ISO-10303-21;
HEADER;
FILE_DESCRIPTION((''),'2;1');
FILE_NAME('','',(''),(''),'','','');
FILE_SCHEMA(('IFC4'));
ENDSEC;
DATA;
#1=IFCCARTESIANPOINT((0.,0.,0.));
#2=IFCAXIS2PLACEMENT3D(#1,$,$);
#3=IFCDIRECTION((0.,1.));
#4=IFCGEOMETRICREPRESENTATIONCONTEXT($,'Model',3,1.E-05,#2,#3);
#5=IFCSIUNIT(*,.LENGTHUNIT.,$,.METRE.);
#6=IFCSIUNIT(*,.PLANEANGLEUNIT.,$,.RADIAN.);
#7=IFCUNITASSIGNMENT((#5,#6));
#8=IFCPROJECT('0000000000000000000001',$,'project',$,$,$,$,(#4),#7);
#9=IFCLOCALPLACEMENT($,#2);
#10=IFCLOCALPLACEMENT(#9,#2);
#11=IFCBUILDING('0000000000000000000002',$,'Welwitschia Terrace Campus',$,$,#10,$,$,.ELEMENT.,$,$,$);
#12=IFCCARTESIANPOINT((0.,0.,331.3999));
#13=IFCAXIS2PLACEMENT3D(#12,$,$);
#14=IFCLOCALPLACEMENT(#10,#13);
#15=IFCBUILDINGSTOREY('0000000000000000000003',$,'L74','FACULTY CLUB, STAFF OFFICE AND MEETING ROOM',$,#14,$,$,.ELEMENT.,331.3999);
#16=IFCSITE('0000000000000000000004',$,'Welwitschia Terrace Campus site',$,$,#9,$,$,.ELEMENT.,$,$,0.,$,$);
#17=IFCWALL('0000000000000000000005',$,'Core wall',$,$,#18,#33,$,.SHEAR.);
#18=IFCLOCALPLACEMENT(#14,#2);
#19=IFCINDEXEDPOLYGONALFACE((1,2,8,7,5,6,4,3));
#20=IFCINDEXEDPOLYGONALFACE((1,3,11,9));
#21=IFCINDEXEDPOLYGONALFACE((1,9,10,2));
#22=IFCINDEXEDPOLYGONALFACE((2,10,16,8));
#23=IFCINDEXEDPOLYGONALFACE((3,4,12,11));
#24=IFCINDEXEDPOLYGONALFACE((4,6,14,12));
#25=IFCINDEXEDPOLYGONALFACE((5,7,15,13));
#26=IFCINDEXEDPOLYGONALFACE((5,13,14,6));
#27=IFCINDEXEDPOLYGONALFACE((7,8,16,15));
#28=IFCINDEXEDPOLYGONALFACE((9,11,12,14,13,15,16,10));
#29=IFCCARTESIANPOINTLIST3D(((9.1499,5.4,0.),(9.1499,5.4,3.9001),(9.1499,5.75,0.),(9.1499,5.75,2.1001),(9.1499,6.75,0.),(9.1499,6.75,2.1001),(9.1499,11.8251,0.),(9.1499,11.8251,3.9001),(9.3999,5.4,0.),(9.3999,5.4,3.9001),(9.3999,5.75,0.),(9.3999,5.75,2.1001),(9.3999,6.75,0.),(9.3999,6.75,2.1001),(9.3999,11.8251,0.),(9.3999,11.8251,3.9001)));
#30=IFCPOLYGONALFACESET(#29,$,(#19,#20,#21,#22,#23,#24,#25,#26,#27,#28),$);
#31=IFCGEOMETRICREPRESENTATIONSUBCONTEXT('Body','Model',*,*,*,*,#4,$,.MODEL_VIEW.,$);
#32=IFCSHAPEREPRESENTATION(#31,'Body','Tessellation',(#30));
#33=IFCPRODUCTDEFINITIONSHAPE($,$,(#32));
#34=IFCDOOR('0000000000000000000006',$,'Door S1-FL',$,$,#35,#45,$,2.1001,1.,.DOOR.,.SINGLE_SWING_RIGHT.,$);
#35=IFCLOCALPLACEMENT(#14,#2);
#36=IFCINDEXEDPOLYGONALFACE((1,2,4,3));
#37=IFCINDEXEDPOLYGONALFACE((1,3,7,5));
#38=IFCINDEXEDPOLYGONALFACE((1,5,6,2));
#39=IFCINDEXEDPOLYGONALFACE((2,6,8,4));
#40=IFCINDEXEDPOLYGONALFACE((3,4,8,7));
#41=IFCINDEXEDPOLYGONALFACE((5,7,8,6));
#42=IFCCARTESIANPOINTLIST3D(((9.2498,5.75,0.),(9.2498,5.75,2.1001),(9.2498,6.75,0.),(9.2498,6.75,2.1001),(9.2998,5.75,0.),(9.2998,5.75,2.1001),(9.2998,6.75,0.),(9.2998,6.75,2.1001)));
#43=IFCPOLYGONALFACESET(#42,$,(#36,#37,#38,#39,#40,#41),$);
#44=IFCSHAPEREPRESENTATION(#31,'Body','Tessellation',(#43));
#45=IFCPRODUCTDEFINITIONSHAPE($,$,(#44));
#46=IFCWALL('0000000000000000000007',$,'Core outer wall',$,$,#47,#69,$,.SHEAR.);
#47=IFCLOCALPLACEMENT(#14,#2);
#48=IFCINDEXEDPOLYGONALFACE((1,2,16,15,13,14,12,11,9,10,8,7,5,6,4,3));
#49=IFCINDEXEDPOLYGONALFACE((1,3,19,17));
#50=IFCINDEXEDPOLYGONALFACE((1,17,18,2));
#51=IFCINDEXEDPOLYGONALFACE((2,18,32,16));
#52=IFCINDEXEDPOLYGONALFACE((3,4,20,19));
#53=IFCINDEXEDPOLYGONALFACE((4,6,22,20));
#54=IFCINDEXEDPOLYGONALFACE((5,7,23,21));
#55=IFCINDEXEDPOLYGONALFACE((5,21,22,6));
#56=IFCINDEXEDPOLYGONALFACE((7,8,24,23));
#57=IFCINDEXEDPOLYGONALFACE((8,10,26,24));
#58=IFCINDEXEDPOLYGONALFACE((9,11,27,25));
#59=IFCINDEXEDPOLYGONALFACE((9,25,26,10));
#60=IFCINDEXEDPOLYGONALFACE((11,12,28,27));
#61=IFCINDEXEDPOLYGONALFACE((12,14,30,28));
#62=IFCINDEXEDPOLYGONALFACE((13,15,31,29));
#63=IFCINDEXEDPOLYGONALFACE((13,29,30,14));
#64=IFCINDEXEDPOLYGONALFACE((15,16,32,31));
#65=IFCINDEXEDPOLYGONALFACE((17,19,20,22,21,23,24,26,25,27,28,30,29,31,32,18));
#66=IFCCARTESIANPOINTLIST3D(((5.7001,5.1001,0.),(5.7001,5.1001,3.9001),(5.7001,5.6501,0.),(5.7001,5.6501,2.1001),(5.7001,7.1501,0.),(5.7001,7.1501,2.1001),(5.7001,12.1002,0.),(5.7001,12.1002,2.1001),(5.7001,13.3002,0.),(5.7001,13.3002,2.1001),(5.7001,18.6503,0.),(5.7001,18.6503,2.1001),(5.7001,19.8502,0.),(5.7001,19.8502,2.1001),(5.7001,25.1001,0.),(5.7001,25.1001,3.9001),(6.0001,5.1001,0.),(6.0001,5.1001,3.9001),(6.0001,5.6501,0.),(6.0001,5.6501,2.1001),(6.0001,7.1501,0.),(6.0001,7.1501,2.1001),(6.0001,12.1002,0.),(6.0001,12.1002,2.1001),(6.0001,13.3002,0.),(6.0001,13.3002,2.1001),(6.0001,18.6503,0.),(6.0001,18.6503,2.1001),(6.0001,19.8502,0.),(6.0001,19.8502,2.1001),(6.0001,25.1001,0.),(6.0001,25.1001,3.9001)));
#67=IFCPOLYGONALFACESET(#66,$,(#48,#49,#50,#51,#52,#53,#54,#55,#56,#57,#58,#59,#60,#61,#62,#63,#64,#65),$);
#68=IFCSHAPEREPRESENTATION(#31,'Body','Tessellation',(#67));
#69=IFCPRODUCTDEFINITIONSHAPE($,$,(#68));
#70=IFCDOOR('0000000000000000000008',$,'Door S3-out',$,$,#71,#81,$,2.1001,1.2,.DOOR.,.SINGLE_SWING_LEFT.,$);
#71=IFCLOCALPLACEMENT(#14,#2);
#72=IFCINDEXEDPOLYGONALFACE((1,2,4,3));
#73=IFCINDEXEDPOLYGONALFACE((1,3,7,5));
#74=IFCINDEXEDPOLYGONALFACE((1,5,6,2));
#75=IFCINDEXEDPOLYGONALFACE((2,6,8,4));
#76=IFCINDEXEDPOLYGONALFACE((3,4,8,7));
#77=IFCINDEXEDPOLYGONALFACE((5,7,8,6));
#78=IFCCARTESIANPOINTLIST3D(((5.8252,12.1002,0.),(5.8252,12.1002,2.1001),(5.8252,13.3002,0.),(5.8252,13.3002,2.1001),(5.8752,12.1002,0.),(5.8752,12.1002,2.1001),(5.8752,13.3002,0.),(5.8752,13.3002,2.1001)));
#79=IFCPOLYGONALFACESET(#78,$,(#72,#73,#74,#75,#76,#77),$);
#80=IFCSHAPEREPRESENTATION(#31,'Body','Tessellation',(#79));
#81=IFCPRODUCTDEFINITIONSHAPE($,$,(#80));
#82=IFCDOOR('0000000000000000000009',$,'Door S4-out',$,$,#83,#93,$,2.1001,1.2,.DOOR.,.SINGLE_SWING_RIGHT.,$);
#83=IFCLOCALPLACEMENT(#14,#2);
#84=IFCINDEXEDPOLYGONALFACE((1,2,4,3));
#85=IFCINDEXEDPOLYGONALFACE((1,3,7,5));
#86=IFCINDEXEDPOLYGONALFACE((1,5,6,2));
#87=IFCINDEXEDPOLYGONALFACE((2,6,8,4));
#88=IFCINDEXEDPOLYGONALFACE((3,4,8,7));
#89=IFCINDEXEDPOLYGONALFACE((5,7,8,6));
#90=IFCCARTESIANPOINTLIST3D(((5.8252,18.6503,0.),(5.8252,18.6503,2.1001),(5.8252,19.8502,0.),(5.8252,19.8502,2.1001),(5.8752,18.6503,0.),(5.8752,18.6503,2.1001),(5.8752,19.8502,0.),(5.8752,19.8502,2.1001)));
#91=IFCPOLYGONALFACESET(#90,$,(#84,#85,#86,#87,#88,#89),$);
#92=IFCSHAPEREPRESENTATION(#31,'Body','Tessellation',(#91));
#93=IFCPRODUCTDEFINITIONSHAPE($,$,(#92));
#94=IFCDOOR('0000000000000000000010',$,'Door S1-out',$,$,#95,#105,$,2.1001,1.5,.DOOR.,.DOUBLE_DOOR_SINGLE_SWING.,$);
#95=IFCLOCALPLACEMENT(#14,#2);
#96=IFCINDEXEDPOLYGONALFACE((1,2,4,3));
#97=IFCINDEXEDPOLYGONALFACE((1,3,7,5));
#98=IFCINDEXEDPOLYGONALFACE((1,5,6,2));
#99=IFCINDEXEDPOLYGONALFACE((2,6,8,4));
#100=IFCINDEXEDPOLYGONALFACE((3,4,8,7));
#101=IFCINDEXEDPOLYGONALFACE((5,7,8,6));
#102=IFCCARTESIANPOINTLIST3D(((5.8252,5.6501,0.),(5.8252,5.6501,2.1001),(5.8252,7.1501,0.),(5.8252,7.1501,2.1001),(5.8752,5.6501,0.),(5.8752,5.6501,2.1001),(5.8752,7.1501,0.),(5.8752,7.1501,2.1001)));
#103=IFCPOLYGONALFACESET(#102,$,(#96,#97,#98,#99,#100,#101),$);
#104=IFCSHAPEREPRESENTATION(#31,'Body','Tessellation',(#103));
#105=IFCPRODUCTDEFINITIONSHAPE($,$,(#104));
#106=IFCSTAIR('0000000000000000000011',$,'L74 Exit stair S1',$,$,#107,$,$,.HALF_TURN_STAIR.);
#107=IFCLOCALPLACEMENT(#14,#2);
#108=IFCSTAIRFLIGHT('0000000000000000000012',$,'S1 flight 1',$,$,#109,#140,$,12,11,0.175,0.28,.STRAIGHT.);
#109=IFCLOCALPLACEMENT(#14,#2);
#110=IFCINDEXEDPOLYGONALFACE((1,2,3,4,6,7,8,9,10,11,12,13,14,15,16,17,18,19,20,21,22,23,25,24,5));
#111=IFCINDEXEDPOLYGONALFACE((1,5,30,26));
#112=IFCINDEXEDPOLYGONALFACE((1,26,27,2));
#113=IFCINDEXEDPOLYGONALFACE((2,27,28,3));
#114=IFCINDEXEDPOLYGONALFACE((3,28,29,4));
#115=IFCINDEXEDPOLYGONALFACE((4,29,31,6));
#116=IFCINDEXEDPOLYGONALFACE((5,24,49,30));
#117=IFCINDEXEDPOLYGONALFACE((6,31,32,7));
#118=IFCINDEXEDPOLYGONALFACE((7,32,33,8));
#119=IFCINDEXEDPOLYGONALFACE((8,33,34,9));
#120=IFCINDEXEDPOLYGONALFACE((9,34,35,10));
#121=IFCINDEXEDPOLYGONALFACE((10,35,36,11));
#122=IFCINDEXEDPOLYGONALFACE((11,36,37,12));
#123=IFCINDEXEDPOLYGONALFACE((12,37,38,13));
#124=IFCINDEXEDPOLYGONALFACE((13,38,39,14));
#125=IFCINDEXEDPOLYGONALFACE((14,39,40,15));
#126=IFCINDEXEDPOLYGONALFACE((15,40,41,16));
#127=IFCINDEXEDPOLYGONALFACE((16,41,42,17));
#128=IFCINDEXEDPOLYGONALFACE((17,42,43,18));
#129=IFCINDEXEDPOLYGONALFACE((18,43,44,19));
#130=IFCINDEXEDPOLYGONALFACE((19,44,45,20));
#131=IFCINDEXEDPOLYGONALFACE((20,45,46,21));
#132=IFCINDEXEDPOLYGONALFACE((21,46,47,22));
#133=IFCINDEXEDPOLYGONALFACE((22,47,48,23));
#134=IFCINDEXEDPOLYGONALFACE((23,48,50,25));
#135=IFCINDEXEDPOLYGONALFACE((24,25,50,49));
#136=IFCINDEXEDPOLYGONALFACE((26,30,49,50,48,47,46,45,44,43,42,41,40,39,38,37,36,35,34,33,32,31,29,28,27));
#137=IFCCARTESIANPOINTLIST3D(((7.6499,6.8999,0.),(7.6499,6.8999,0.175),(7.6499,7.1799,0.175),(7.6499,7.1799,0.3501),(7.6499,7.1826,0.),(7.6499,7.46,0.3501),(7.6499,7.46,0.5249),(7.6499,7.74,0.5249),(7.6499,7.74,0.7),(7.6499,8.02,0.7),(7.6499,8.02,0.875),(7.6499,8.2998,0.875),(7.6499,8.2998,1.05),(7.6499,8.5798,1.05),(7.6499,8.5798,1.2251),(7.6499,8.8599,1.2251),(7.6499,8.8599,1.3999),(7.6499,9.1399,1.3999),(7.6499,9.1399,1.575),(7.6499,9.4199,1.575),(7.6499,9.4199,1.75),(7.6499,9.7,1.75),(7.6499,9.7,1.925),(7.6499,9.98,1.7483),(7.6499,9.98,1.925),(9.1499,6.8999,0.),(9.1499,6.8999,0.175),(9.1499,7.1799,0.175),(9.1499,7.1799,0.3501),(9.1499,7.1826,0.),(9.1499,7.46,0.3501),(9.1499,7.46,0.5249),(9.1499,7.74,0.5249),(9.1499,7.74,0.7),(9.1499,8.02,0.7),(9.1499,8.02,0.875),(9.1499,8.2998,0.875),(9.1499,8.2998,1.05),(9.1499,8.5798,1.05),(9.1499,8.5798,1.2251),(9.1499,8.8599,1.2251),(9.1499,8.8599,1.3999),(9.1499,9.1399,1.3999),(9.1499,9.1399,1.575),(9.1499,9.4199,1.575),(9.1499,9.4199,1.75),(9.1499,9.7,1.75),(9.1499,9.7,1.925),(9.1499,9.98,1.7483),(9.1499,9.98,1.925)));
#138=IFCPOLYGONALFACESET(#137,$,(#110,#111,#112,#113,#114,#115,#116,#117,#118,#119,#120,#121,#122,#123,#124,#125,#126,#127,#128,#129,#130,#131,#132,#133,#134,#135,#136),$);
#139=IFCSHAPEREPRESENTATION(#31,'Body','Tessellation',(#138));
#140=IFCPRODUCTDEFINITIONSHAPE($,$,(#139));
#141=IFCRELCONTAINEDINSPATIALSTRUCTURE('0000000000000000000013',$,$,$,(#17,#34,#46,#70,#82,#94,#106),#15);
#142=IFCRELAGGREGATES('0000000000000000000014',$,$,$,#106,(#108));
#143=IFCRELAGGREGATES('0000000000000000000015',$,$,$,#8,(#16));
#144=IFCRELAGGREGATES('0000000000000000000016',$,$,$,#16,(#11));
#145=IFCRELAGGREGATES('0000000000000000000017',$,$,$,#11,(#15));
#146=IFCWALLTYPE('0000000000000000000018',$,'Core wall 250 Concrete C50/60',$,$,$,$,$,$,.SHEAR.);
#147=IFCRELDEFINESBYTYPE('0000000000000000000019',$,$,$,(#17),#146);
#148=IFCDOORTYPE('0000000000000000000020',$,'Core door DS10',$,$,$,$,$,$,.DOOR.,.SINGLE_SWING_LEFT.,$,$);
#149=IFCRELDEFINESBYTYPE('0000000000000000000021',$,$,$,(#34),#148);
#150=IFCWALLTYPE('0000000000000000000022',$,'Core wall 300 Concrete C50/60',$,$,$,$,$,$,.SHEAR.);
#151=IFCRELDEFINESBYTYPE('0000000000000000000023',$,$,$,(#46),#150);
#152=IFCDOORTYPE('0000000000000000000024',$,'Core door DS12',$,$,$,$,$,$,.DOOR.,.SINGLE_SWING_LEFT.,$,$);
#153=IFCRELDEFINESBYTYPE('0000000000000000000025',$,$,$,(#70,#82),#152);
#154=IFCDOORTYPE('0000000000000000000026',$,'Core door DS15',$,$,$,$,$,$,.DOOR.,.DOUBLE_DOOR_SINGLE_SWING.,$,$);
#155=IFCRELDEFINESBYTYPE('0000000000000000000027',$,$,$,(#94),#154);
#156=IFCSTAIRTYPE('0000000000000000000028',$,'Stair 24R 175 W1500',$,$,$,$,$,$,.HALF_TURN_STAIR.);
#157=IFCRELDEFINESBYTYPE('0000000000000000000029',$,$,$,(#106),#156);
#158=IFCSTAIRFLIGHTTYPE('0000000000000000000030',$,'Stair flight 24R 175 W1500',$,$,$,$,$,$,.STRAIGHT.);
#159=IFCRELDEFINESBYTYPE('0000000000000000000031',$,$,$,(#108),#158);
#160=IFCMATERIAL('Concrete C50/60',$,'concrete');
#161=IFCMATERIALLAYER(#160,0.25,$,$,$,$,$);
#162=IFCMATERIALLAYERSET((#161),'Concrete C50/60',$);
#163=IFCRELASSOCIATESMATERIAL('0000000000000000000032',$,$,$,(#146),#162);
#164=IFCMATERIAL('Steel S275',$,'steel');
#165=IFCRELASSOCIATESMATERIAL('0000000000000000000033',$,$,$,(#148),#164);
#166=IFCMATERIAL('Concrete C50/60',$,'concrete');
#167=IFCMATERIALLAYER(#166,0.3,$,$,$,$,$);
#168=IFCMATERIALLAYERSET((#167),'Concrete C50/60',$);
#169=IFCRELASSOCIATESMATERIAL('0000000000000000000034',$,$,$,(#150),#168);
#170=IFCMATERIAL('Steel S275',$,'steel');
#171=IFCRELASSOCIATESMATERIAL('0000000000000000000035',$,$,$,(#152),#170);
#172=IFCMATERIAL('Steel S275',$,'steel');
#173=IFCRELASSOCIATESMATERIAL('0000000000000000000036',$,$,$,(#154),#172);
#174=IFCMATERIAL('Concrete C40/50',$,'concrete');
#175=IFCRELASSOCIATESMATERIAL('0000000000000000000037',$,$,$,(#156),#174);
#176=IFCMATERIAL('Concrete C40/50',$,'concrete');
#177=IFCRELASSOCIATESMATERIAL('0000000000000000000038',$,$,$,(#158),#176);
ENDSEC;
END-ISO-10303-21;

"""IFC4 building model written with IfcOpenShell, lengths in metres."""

from ifc_helpers import new_model, si_unit, direction, frame, frame_2d, origin, place, context, subcontext, project, spatial, polyline, rectangle, outline, extrude, material, layer, layer_set, type_object, element, fill, aggregate, save


model = new_model("IFC4")

# Units and contexts
model_context = context("Model", 3, precision=1e-05, world=origin(), true_north=direction((0.0, 1.0)))
body_context = subcontext(model_context, "Body", "Model", "MODEL_VIEW")
ifc_project = project(units=[si_unit("LENGTHUNIT", "METRE"), si_unit("PLANEANGLEUNIT", "RADIAN")], contexts=[model_context])

# Site, building, storey
site_placement = place(None, origin())
site = spatial("IfcSite", under=ifc_project, at=site_placement, Name="Welwitschia Terrace Campus site", CompositionType="ELEMENT", RefElevation=0.0)
building_placement = place(site_placement, origin())
building = spatial("IfcBuilding", under=site, at=building_placement, Name="Welwitschia Terrace Campus", CompositionType="ELEMENT")
storey_placement = place(building_placement, frame((0.0, 0.0, 331.3999)))
storey = spatial("IfcBuildingStorey", under=building, at=storey_placement, Name="L74", Description="FACULTY CLUB, STAFF OFFICE AND MEETING ROOM", CompositionType="ELEMENT", Elevation=331.3999)

# Shared definitions
ifc_material_1 = material(Name="Concrete C50/60", Category="concrete")
ifc_layer_1 = layer(ifc_material_1, 0.25)
ifc_layer_set_1 = layer_set([ifc_layer_1], Name="Concrete C50/60")
wall_type_1 = type_object("IfcWallType", Name="Core wall 250 Concrete C50/60", PredefinedType="SHEAR", material=ifc_layer_set_1)

# Wall, opening, door
wall_1_placement = place(storey_placement, frame((9.2749, 11.825, 0.0), z_axis=(0.0, 0.0, 1.0), x_axis=(0.0, -1.0, 0.0)))
wall_1 = element("IfcWall", 1, at=wall_1_placement, inside=storey, type_object=wall_type_1, Name="Core wall", PredefinedType="SHEAR", context=body_context, shape_type="SweptSolid", body=[
    extrude(rectangle(XDim=6.425, YDim=0.25, at=frame_2d((3.2124, 0.0))), origin(), (0.0, 0.0, 1.0), 3.9001),
])
opening_1_placement = place(wall_1_placement, frame((5.075, 0.0, 0.0)))
opening_1 = element("IfcOpeningElement", 2, at=opening_1_placement, cuts=wall_1, PredefinedType="OPENING", context=body_context, shape_type="SweptSolid", body=[
    extrude(rectangle(XDim=1.0, YDim=2.1001, at=frame_2d((0.5, 1.05))), frame((0.0, 0.135, 0.0), z_axis=(0.0, -1.0, 0.0), x_axis=(1.0, 0.0, 0.0)), (0.0, 0.0, 1.0), 0.27),
])
ifc_material_2 = material(Name="Steel S275", Category="steel")
door_type_1 = type_object("IfcDoorType", Name="Core door DS10", OperationType="SINGLE_SWING_LEFT", PredefinedType="DOOR", material=ifc_material_2)
door_1_placement = place(opening_1_placement, origin())
door_1 = element("IfcDoor", 3, at=door_1_placement, inside=storey, type_object=door_type_1, Name="Door S1-FL", OperationType="SINGLE_SWING_RIGHT", OverallHeight=2.1001, OverallWidth=1.0, PredefinedType="DOOR", context=body_context, shape_type="SweptSolid", body=[
    extrude(rectangle(XDim=1.0, YDim=2.1001, at=frame_2d((0.5, 1.05))), frame((0.0, 0.0249, 0.0), z_axis=(0.0, -1.0, 0.0), x_axis=(1.0, 0.0, 0.0)), (0.0, 0.0, 1.0), 0.05),
])
fill(opening_1, door_1)

# Wall, openings, doors
ifc_material_3 = material(Name="Concrete C50/60", Category="concrete")
ifc_layer_2 = layer(ifc_material_3, 0.3)
ifc_layer_set_2 = layer_set([ifc_layer_2], Name="Concrete C50/60")
wall_type_2 = type_object("IfcWallType", Name="Core wall 300 Concrete C50/60", PredefinedType="SHEAR", material=ifc_layer_set_2)
wall_2_placement = place(storey_placement, frame((5.8501, 5.1001, 0.0), z_axis=(0.0, 0.0, 1.0), x_axis=(0.0, 1.0, 0.0)))
wall_2 = element("IfcWall", 4, at=wall_2_placement, inside=storey, type_object=wall_type_2, Name="Core outer wall", PredefinedType="SHEAR", context=body_context, shape_type="SweptSolid", body=[
    extrude(rectangle(XDim=20.0, YDim=0.3, at=frame_2d((10.0, 0.0))), origin(), (0.0, 0.0, 1.0), 3.9001),
])
opening_2_placement = place(wall_2_placement, frame((0.55, 0.0, 0.0)))
opening_2 = element("IfcOpeningElement", 5, at=opening_2_placement, cuts=wall_2, PredefinedType="OPENING", context=body_context, shape_type="SweptSolid", body=[
    extrude(rectangle(XDim=1.5, YDim=2.1001, at=frame_2d((0.75, 1.05))), frame((0.0, 0.1599, 0.0), z_axis=(0.0, -1.0, 0.0), x_axis=(1.0, 0.0, 0.0)), (0.0, 0.0, 1.0), 0.3201),
])
opening_3_placement = place(wall_2_placement, frame((7.0, 0.0, 0.0)))
opening_3 = element("IfcOpeningElement", 6, at=opening_3_placement, cuts=wall_2, PredefinedType="OPENING", context=body_context, shape_type="SweptSolid", body=[
    extrude(rectangle(XDim=1.2, YDim=2.1001, at=frame_2d((0.6001, 1.05))), frame((0.0, 0.1599, 0.0), z_axis=(0.0, -1.0, 0.0), x_axis=(1.0, 0.0, 0.0)), (0.0, 0.0, 1.0), 0.3201),
])
opening_4_placement = place(wall_2_placement, frame((13.55, 0.0, 0.0)))
opening_4 = element("IfcOpeningElement", 7, at=opening_4_placement, cuts=wall_2, PredefinedType="OPENING", context=body_context, shape_type="SweptSolid", body=[
    extrude(rectangle(XDim=1.2, YDim=2.1001, at=frame_2d((0.6001, 1.05))), frame((0.0, 0.1599, 0.0), z_axis=(0.0, -1.0, 0.0), x_axis=(1.0, 0.0, 0.0)), (0.0, 0.0, 1.0), 0.3201),
])
ifc_material_4 = material(Name="Steel S275", Category="steel")
door_type_2 = type_object("IfcDoorType", Name="Core door DS12", OperationType="SINGLE_SWING_LEFT", PredefinedType="DOOR", material=ifc_material_4)
door_2_placement = place(opening_3_placement, origin())
door_2 = element("IfcDoor", 8, at=door_2_placement, inside=storey, type_object=door_type_2, Name="Door S3-out", OperationType="SINGLE_SWING_LEFT", OverallHeight=2.1001, OverallWidth=1.2, PredefinedType="DOOR", context=body_context, shape_type="SweptSolid", body=[
    extrude(rectangle(XDim=1.2, YDim=2.1001, at=frame_2d((0.6001, 1.05))), frame((0.0, 0.0249, 0.0), z_axis=(0.0, -1.0, 0.0), x_axis=(1.0, 0.0, 0.0)), (0.0, 0.0, 1.0), 0.05),
])
fill(opening_3, door_2)
door_3_placement = place(opening_4_placement, origin())
door_3 = element("IfcDoor", 9, at=door_3_placement, inside=storey, type_object=door_type_2, Name="Door S4-out", OperationType="SINGLE_SWING_RIGHT", OverallHeight=2.1001, OverallWidth=1.2, PredefinedType="DOOR", context=body_context, shape_type="SweptSolid", body=[
    extrude(rectangle(XDim=1.2, YDim=2.1001, at=frame_2d((0.6001, 1.05))), frame((0.0, 0.0249, 0.0), z_axis=(0.0, -1.0, 0.0), x_axis=(1.0, 0.0, 0.0)), (0.0, 0.0, 1.0), 0.05),
])
fill(opening_4, door_3)
ifc_material_5 = material(Name="Steel S275", Category="steel")
door_type_3 = type_object("IfcDoorType", Name="Core door DS15", OperationType="DOUBLE_DOOR_SINGLE_SWING", PredefinedType="DOOR", material=ifc_material_5)
door_4_placement = place(opening_2_placement, origin())
door_4 = element("IfcDoor", 10, at=door_4_placement, inside=storey, type_object=door_type_3, Name="Door S1-out", OperationType="DOUBLE_DOOR_SINGLE_SWING", OverallHeight=2.1001, OverallWidth=1.5, PredefinedType="DOOR", context=body_context, shape_type="SweptSolid", body=[
    extrude(rectangle(XDim=1.5, YDim=2.1001, at=frame_2d((0.75, 1.05))), frame((0.0, 0.0249, 0.0), z_axis=(0.0, -1.0, 0.0), x_axis=(1.0, 0.0, 0.0)), (0.0, 0.0, 1.0), 0.05),
])
fill(opening_2, door_4)

# Stair, stair flight
ifc_material_6 = material(Name="Concrete C40/50", Category="concrete")
stair_type = type_object("IfcStairType", Name="Stair 24R 175 W1500", PredefinedType="HALF_TURN_STAIR", material=ifc_material_6)
stair_placement = place(storey_placement, origin())
stair = element("IfcStair", 11, at=stair_placement, inside=storey, type_object=stair_type, Name="L74 Exit stair S1", PredefinedType="HALF_TURN_STAIR")
ifc_material_7 = material(Name="Concrete C40/50", Category="concrete")
stair_flight_type = type_object("IfcStairFlightType", Name="Stair flight 24R 175 W1500", PredefinedType="STRAIGHT", material=ifc_material_7)
stair_flight_1_placement = place(storey_placement, frame((8.3999, 6.8999, 0.0), z_axis=(0.0, 0.0, 1.0), x_axis=(0.0, 1.0, 0.0)))
stair_flight_1 = element("IfcStairFlight", 12, at=stair_flight_1_placement, type_object=stair_flight_type, Name="S1 flight 1", NumberOfRisers=12, NumberOfTreads=11, PredefinedType="STRAIGHT", RiserHeight=0.175, TreadLength=0.28, context=body_context, shape_type="SweptSolid", body=[
    extrude(outline(polyline([(0.0, 0.0), (0.0, 0.175), (0.28, 0.175), (0.28, 0.3501), (0.5601, 0.3501), (0.5601, 0.5249), (0.8401, 0.5249), (0.8401, 0.7), (1.1201, 0.7), (1.1201, 0.875), (1.3999, 0.875), (1.3999, 1.05), (1.6799, 1.05), (1.6799, 1.2251), (1.96, 1.2251), (1.96, 1.3999), (2.24, 1.3999), (2.24, 1.575), (2.52, 1.575), (2.52, 1.75), (2.8, 1.75), (2.8, 1.925), (3.0801, 1.925), (3.0801, 2.1001), (3.0801, 1.7483), (0.2827, 0.0), (0.0, 0.0)])), frame((0.0, 0.75, 0.0), z_axis=(0.0, -1.0, 0.0), x_axis=(1.0, 0.0, 0.0)), (0.0, 0.0, 1.0), 1.5),
])
aggregate(stair, [stair_flight_1])

save(model, "model.ifc")
